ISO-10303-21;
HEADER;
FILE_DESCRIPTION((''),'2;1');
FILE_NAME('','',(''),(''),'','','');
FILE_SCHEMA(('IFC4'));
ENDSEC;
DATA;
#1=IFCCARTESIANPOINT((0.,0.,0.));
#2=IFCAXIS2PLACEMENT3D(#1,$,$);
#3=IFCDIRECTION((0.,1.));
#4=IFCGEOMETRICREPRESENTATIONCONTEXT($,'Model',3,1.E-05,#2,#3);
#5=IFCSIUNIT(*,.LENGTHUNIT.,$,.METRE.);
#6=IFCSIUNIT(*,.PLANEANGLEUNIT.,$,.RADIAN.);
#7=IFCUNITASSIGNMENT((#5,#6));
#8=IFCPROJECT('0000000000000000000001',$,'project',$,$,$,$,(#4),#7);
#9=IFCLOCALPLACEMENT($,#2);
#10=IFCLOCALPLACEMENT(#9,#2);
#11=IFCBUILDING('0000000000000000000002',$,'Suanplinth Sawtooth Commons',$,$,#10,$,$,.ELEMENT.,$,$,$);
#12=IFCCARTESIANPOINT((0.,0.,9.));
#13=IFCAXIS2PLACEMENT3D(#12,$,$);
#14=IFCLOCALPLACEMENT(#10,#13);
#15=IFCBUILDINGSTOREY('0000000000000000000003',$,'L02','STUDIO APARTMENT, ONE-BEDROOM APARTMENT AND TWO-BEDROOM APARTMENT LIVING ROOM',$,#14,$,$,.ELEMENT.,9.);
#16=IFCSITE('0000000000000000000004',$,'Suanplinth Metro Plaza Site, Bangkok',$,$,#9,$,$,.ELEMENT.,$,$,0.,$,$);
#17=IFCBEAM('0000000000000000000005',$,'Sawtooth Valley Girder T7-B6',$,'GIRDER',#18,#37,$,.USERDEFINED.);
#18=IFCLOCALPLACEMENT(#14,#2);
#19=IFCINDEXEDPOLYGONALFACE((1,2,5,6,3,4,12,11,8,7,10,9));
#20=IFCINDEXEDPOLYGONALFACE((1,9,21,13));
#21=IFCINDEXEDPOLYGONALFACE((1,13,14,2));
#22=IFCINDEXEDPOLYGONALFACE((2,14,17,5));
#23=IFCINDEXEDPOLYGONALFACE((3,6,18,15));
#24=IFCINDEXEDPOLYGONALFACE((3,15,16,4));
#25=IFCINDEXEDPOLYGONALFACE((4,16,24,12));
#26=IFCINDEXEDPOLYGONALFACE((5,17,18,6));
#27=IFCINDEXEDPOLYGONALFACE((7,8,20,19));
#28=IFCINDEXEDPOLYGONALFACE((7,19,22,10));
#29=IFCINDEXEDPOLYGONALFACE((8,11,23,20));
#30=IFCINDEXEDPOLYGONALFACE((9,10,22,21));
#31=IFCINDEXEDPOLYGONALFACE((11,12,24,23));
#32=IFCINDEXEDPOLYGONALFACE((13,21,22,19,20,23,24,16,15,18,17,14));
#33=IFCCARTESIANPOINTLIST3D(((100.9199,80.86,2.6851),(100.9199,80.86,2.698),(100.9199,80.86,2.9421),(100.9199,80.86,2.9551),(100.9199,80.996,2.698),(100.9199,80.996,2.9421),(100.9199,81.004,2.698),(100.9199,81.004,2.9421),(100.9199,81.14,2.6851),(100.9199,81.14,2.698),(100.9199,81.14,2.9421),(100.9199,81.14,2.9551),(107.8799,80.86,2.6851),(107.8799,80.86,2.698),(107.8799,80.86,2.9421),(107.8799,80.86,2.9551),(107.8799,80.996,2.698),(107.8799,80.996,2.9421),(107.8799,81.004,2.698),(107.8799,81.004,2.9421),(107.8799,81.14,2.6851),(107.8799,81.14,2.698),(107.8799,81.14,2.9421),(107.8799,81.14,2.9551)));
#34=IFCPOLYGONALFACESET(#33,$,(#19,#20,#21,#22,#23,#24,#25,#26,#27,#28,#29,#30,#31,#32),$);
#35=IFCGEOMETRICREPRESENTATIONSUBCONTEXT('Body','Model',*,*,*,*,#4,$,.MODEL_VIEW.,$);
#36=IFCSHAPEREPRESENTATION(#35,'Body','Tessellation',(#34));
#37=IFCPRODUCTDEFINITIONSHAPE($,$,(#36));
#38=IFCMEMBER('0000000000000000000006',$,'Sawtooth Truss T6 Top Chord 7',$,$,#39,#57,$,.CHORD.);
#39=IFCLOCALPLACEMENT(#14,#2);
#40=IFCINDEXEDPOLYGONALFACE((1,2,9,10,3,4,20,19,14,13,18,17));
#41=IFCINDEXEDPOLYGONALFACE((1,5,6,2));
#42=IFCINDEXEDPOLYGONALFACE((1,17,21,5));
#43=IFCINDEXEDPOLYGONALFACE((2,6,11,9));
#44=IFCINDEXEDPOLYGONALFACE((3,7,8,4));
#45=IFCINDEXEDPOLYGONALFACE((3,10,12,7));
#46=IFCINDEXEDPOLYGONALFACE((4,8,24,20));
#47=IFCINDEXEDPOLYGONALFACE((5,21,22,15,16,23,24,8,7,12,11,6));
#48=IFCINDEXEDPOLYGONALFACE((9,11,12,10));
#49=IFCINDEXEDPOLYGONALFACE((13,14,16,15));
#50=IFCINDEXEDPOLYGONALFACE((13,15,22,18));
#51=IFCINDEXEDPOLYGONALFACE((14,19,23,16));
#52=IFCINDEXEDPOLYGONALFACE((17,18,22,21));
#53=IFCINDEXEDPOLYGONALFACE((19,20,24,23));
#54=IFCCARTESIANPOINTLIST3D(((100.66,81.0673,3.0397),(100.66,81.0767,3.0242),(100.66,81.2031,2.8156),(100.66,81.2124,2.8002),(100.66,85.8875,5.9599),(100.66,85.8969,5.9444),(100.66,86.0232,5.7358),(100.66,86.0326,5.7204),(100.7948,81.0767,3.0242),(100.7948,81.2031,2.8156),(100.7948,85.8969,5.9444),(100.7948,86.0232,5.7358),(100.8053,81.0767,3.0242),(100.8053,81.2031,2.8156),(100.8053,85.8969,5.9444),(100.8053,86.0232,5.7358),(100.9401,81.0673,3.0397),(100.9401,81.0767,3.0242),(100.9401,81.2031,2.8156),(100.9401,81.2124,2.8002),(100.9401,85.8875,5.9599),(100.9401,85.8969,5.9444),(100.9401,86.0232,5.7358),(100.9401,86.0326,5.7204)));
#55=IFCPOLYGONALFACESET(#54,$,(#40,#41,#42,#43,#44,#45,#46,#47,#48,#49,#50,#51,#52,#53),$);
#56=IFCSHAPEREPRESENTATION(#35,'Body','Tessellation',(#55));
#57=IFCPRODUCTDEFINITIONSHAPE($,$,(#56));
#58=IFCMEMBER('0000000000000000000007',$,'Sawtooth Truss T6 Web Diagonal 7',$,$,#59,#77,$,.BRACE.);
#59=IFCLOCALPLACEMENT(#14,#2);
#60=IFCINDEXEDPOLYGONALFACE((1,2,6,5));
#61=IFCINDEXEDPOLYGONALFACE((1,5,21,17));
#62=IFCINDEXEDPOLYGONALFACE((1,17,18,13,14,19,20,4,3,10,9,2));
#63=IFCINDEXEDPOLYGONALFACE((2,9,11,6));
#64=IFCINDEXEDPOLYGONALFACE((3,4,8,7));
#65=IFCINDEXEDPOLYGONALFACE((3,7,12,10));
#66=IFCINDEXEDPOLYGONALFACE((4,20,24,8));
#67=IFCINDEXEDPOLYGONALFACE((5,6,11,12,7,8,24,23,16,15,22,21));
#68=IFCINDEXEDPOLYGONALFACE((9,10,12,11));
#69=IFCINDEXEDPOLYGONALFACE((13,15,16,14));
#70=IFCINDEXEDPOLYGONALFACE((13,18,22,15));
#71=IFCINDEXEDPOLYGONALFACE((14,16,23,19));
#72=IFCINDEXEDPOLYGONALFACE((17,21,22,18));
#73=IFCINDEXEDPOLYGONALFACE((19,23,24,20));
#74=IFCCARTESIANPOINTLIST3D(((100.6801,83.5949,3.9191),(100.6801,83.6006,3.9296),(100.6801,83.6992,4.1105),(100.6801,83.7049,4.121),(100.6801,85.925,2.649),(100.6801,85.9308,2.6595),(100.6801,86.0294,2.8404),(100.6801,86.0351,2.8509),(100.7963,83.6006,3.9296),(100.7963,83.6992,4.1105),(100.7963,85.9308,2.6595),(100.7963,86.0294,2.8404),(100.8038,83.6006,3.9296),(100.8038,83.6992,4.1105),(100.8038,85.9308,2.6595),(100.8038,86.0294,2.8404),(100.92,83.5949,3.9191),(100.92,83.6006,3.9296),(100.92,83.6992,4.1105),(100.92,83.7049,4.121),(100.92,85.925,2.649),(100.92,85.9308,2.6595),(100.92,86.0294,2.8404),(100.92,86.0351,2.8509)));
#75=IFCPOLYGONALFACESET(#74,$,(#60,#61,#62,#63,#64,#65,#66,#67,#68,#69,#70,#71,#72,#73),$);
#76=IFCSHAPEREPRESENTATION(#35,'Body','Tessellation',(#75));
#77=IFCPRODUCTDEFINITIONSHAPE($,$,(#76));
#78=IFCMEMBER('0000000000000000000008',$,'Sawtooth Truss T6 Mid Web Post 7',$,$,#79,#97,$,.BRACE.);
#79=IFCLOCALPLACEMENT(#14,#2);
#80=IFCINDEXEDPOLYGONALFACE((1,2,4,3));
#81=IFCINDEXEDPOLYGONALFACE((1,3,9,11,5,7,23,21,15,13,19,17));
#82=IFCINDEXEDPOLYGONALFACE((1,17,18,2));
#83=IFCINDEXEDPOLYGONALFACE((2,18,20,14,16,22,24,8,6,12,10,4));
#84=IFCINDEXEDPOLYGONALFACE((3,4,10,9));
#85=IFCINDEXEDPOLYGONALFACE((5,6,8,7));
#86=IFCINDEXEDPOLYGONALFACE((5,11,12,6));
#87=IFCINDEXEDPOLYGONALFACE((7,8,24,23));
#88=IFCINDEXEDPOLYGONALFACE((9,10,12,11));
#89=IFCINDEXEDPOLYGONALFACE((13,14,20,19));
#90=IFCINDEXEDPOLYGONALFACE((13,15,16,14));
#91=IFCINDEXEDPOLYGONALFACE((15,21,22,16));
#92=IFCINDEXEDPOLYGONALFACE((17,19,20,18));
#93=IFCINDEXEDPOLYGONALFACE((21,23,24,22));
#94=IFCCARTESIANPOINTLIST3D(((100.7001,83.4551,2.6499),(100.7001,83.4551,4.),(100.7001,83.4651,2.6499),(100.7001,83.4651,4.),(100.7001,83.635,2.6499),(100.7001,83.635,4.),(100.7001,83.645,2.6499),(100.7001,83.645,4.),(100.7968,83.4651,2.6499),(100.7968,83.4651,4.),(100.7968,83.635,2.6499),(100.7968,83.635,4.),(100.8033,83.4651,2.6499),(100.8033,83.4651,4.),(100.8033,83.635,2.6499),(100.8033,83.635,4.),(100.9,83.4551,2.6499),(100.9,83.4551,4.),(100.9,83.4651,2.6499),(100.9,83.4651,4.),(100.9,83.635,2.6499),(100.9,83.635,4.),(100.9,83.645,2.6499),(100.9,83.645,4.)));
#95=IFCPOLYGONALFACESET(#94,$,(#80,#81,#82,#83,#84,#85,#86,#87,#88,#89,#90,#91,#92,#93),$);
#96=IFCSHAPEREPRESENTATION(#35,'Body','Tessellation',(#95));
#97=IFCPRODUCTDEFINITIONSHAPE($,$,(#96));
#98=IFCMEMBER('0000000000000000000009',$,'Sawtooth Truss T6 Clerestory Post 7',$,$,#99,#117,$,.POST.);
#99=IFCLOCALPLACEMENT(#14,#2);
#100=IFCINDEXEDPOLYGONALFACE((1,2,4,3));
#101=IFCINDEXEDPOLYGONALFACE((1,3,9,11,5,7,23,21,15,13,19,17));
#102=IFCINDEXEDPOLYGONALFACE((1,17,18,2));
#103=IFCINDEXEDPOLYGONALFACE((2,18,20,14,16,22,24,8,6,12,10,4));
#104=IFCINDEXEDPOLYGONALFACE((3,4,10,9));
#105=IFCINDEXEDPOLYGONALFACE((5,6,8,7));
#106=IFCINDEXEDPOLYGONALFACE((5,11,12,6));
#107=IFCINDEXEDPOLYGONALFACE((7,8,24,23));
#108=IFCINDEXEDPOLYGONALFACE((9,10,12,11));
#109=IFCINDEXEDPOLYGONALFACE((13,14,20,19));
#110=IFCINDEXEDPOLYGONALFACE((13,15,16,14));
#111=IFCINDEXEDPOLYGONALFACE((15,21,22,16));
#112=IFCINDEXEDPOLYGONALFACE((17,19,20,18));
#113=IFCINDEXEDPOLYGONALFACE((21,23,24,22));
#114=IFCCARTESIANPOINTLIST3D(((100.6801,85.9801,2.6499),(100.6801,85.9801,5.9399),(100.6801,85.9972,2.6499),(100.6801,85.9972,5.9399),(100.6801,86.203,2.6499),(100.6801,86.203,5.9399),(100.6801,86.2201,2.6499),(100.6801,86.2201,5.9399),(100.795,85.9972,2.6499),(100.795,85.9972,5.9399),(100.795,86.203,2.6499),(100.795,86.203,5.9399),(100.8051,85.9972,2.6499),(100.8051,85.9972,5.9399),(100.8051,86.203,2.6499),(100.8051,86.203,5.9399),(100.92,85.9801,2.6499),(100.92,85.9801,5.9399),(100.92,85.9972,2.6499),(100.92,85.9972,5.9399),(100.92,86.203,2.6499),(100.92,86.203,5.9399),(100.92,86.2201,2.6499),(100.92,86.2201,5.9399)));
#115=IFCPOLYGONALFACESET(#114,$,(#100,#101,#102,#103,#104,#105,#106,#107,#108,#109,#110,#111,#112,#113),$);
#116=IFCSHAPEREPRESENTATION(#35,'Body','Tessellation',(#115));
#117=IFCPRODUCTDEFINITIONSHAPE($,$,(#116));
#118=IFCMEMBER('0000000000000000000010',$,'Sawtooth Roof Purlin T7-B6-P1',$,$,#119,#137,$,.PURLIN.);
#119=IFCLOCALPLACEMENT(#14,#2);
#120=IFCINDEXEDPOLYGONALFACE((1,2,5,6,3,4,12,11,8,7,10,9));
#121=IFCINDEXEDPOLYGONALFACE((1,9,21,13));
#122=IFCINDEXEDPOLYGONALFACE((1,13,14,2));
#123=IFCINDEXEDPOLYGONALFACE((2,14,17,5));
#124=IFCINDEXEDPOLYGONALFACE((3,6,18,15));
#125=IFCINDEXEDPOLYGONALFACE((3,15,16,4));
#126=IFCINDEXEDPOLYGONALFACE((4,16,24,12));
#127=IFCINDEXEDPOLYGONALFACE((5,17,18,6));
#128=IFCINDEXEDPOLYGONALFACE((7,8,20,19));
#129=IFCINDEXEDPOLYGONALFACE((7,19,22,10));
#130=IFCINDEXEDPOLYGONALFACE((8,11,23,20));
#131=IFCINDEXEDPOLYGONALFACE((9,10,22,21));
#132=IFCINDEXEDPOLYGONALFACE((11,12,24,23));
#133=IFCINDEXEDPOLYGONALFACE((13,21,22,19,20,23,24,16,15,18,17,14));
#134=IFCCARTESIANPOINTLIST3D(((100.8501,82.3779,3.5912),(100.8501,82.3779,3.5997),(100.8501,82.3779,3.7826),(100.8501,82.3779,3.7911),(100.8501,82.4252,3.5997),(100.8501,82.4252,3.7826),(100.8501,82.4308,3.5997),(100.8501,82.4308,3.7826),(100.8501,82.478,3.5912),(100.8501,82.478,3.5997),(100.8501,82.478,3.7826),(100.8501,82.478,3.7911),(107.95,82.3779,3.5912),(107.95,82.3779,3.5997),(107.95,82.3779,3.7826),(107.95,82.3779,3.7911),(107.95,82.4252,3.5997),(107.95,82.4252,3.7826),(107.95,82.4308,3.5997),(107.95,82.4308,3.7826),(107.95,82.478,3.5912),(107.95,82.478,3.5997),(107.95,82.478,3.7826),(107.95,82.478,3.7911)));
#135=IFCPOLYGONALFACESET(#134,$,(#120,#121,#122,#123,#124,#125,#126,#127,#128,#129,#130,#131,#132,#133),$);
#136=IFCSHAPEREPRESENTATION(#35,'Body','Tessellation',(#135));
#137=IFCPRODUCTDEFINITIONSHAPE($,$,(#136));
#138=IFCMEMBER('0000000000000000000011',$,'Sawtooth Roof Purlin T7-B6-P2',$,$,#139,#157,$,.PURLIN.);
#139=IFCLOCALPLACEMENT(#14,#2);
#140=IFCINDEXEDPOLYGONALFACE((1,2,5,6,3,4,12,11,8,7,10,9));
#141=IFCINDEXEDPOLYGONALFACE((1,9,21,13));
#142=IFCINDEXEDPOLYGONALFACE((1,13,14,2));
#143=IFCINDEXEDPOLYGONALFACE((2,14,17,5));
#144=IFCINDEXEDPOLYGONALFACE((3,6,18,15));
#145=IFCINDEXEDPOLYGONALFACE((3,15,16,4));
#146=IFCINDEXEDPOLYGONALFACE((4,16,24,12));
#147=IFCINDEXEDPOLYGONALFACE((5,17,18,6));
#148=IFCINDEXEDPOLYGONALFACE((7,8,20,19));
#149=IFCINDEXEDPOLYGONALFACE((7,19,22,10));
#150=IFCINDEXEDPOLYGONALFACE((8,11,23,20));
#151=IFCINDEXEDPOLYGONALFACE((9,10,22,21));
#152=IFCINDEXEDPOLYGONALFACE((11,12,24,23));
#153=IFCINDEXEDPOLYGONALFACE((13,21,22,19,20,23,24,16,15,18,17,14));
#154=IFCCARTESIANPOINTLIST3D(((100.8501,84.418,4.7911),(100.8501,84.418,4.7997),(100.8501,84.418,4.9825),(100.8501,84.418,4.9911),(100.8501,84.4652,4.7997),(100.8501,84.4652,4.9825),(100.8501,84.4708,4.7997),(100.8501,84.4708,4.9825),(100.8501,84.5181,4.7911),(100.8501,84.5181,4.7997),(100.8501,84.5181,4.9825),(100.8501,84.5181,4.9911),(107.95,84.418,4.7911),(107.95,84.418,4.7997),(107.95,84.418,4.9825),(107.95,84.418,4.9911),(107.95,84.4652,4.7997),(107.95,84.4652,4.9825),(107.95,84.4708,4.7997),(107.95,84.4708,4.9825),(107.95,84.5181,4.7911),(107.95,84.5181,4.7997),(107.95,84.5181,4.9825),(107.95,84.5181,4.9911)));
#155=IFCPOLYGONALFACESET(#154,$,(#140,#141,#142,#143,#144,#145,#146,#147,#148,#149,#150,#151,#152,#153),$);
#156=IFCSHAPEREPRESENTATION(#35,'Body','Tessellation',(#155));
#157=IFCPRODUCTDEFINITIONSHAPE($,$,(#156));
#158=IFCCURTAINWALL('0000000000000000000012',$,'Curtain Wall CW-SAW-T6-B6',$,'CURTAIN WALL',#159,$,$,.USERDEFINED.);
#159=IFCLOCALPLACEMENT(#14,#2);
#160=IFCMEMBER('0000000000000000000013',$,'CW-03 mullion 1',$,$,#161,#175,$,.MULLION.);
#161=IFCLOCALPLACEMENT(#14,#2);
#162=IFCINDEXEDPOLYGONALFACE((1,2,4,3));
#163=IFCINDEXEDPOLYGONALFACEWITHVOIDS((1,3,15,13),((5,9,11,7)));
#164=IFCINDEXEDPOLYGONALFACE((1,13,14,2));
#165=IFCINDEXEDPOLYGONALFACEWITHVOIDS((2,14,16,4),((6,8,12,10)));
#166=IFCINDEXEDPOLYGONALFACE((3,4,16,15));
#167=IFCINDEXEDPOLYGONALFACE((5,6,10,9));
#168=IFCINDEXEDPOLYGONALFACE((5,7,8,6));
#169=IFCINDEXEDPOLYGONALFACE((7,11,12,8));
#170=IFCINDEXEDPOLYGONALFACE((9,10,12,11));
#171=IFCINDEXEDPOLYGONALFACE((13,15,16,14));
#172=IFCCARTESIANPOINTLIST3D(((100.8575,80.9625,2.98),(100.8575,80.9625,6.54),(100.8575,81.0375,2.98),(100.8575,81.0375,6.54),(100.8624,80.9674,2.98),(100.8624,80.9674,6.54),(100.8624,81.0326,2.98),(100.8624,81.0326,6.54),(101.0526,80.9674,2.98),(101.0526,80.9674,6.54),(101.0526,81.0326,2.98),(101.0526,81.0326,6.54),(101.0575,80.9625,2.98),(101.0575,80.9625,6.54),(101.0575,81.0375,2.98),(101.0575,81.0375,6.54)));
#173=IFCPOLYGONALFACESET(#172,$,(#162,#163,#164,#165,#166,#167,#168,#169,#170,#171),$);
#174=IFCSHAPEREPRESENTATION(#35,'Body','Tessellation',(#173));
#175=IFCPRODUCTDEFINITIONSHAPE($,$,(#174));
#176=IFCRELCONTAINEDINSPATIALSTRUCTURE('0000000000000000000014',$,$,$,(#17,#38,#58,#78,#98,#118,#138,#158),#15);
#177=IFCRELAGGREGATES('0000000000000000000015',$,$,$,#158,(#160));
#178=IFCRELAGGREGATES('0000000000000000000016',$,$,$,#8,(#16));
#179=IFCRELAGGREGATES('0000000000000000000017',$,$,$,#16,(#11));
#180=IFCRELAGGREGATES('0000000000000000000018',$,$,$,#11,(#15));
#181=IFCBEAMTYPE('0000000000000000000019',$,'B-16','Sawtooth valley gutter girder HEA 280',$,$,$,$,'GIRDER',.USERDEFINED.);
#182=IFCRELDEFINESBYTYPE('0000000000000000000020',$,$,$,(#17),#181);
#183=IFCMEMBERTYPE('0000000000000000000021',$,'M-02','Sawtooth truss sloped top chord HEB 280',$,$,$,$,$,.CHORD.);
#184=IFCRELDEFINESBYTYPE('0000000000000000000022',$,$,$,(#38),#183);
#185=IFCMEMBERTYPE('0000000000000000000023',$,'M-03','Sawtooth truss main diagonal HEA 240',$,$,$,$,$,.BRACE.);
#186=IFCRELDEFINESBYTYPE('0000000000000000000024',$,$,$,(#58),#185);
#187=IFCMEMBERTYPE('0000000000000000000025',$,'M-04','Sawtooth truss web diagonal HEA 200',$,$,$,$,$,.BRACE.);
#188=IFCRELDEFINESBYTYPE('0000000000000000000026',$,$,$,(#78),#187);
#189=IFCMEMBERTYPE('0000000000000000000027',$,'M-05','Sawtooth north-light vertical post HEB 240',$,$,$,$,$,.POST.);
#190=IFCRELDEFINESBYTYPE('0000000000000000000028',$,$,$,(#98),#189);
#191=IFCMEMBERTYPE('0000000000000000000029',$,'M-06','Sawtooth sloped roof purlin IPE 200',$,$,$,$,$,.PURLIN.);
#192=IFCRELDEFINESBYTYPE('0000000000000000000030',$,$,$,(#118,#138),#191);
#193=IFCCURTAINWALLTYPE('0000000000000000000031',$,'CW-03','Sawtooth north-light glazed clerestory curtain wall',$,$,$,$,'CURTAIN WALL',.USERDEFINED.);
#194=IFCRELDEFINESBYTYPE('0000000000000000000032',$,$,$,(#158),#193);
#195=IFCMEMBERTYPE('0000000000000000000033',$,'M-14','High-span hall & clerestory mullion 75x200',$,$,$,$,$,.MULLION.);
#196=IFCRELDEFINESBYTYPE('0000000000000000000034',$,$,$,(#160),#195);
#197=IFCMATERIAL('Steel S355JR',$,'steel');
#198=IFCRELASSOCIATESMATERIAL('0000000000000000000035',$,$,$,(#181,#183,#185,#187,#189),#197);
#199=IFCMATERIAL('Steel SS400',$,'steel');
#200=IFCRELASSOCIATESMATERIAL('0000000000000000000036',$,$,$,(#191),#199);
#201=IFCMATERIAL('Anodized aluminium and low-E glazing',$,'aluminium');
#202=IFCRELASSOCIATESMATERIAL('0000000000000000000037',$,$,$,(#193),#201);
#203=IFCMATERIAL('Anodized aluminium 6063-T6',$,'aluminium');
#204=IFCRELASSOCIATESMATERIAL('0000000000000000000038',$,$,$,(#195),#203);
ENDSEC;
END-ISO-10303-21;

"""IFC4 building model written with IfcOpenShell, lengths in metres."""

from ifc_helpers import new_model, si_unit, direction, frame, origin, origin_2d, place, context, subcontext, project, spatial, hollow_rectangle, i_section, extrude, material, material_profile, profile_set, type_object, element, aggregate, save


model = new_model("IFC4")

# Units and contexts
model_context = context("Model", 3, precision=1e-05, world=origin(), true_north=direction((0.0, 1.0)))
body_context = subcontext(model_context, "Body", "Model", "MODEL_VIEW")
ifc_project = project(units=[si_unit("LENGTHUNIT", "METRE"), si_unit("PLANEANGLEUNIT", "RADIAN")], contexts=[model_context])

# Site, building, storey
site_placement = place(None, origin())
site = spatial("IfcSite", under=ifc_project, at=site_placement, Name="Suanplinth Metro Plaza Site, Bangkok", CompositionType="ELEMENT", RefElevation=0.0)
building_placement = place(site_placement, origin())
building = spatial("IfcBuilding", under=site, at=building_placement, Name="Suanplinth Sawtooth Commons", CompositionType="ELEMENT")
storey_placement = place(building_placement, frame((0.0, 0.0, 9.0)))
storey = spatial("IfcBuildingStorey", under=building, at=storey_placement, Name="L02", Description="STUDIO APARTMENT, ONE-BEDROOM APARTMENT AND TWO-BEDROOM APARTMENT LIVING ROOM", CompositionType="ELEMENT", Elevation=9.0)

# Beam
ifc_material_1 = material(Name="Steel S355JR", Category="steel")
ifc_material_profile_1 = material_profile(ifc_material_1, i_section(OverallWidth=0.28, OverallDepth=0.27, WebThickness=0.0081, FlangeThickness=0.0129, at=origin_2d()), Name="HEA 280")
ifc_profile_set_1 = profile_set([ifc_material_profile_1], Name="Steel S355JR")
beam_type = type_object("IfcBeamType", Name="B-16", Description="Sawtooth valley gutter girder HEA 280", ElementType="GIRDER", PredefinedType="USERDEFINED", material=ifc_profile_set_1)
beam_placement = place(storey_placement, frame((100.9199, 81.0, 2.8201), z_axis=(1.0, 0.0, 0.0), x_axis=(0.0, 1.0, 0.0)))
element("IfcBeam", 1, at=beam_placement, inside=storey, type_object=beam_type, Name="Sawtooth Valley Girder T7-B6", ObjectType="GIRDER", PredefinedType="USERDEFINED", context=body_context, shape_type="SweptSolid", body=[
    extrude(i_section(OverallWidth=0.28, OverallDepth=0.27, WebThickness=0.0081, FlangeThickness=0.0129, at=origin_2d()), origin(), (0.0, 0.0, 1.0), 6.96),
])

# Members
ifc_material_profile_2 = material_profile(ifc_material_1, i_section(OverallWidth=0.28, OverallDepth=0.28, WebThickness=0.0105, FlangeThickness=0.0181, at=origin_2d()), Name="HEB 280")
ifc_profile_set_2 = profile_set([ifc_material_profile_2], Name="Steel S355JR")
member_type_1 = type_object("IfcMemberType", Name="M-02", Description="Sawtooth truss sloped top chord HEB 280", PredefinedType="CHORD", material=ifc_profile_set_2)
member_1_placement = place(storey_placement, frame((100.8, 81.1399, 2.9199), z_axis=(0.0, 0.855283, 0.518161), x_axis=(-1.0, 0.0, 0.0)))
element("IfcMember", 2, at=member_1_placement, inside=storey, type_object=member_type_1, Name="Sawtooth Truss T6 Top Chord 7", PredefinedType="CHORD", context=body_context, shape_type="SweptSolid", body=[
    extrude(i_section(OverallWidth=0.28, OverallDepth=0.28, WebThickness=0.0105, FlangeThickness=0.0181, at=origin_2d()), origin(), (0.0, 0.0, 1.0), 5.6357),
])
ifc_material_profile_3 = material_profile(ifc_material_1, i_section(OverallWidth=0.24, OverallDepth=0.23, WebThickness=0.0076, FlangeThickness=0.012, at=origin_2d()), Name="HEA 240")
ifc_profile_set_3 = profile_set([ifc_material_profile_3], Name="Steel S355JR")
member_type_2 = type_object("IfcMemberType", Name="M-03", Description="Sawtooth truss main diagonal HEA 240", PredefinedType="BRACE", material=ifc_profile_set_3)
member_2_placement = place(storey_placement, frame((100.8, 83.6499, 4.02), z_axis=(0.0, 0.878043, -0.478581), x_axis=(-1.0, 0.0, 0.0)))
element("IfcMember", 3, at=member_2_placement, inside=storey, type_object=member_type_2, Name="Sawtooth Truss T6 Web Diagonal 7", PredefinedType="BRACE", context=body_context, shape_type="SweptSolid", body=[
    extrude(i_section(OverallWidth=0.24, OverallDepth=0.23, WebThickness=0.0076, FlangeThickness=0.012, at=origin_2d()), origin(), (0.0, 0.0, 1.0), 2.6538),
])
ifc_material_profile_4 = material_profile(ifc_material_1, i_section(OverallWidth=0.2, OverallDepth=0.1899, WebThickness=0.0066, FlangeThickness=0.01, at=origin_2d()), Name="HEA 200")
ifc_profile_set_4 = profile_set([ifc_material_profile_4], Name="Steel S355JR")
member_type_3 = type_object("IfcMemberType", Name="M-04", Description="Sawtooth truss web diagonal HEA 200", PredefinedType="BRACE", material=ifc_profile_set_4)
member_3_placement = place(storey_placement, frame((100.8, 83.55, 2.6499), z_axis=(0.0, 0.0, 1.0), x_axis=(1.0, 0.0, 0.0)))
element("IfcMember", 4, at=member_3_placement, inside=storey, type_object=member_type_3, Name="Sawtooth Truss T6 Mid Web Post 7", PredefinedType="BRACE", context=body_context, shape_type="SweptSolid", body=[
    extrude(i_section(OverallWidth=0.2, OverallDepth=0.1899, WebThickness=0.0066, FlangeThickness=0.01, at=origin_2d()), origin(), (0.0, 0.0, 1.0), 1.3501),
])
ifc_material_profile_5 = material_profile(ifc_material_1, i_section(OverallWidth=0.24, OverallDepth=0.24, WebThickness=0.01, FlangeThickness=0.0171, at=origin_2d()), Name="HEB 240")
ifc_profile_set_5 = profile_set([ifc_material_profile_5], Name="Steel S355JR")
member_type_4 = type_object("IfcMemberType", Name="M-05", Description="Sawtooth north-light vertical post HEB 240", PredefinedType="POST", material=ifc_profile_set_5)
member_4_placement = place(storey_placement, frame((100.8, 86.1001, 2.6499), z_axis=(0.0, 0.0, 1.0), x_axis=(1.0, 0.0, 0.0)))
element("IfcMember", 5, at=member_4_placement, inside=storey, type_object=member_type_4, Name="Sawtooth Truss T6 Clerestory Post 7", PredefinedType="POST", context=body_context, shape_type="SweptSolid", body=[
    extrude(i_section(OverallWidth=0.24, OverallDepth=0.24, WebThickness=0.01, FlangeThickness=0.0171, at=origin_2d()), origin(), (0.0, 0.0, 1.0), 3.29),
])
ifc_material_2 = material(Name="Steel SS400", Category="steel")
ifc_material_profile_6 = material_profile(ifc_material_2, i_section(OverallWidth=0.1001, OverallDepth=0.2, WebThickness=0.0056, FlangeThickness=0.0085, at=origin_2d()), Name="IPE 200")
ifc_profile_set_6 = profile_set([ifc_material_profile_6], Name="Steel SS400")
member_type_5 = type_object("IfcMemberType", Name="M-06", Description="Sawtooth sloped roof purlin IPE 200", PredefinedType="PURLIN", material=ifc_profile_set_6)
for number, where, z_axis, x_axis, name in (
    (6, (100.8501, 82.428, 3.6912), (1.0, 0.0, 0.0), (0.0, 1.0, 0.0), "Sawtooth Roof Purlin T7-B6-P1"),
    (7, (100.8501, 84.468, 4.8911), (1.0, 0.0, 0.0), (0.0, 1.0, 0.0), "Sawtooth Roof Purlin T7-B6-P2"),
):
    element("IfcMember", number, at=place(storey_placement, frame(where, z_axis=z_axis, x_axis=x_axis)), inside=storey, type_object=member_type_5, Name=name, PredefinedType="PURLIN", context=body_context, shape_type="SweptSolid", body=[
        extrude(i_section(OverallWidth=0.1001, OverallDepth=0.2, WebThickness=0.0056, FlangeThickness=0.0085, at=origin_2d()), origin(), (0.0, 0.0, 1.0), 7.0999),
    ])

# Curtain wall, member
ifc_material_3 = material(Name="Anodized aluminium and low-E glazing", Category="aluminium")
curtain_wall_type = type_object("IfcCurtainWallType", Name="CW-03", Description="Sawtooth north-light glazed clerestory curtain wall", ElementType="CURTAIN WALL", PredefinedType="USERDEFINED", material=ifc_material_3)
curtain_wall_1_placement = place(storey_placement, origin())
curtain_wall_1 = element("IfcCurtainWall", 8, at=curtain_wall_1_placement, inside=storey, type_object=curtain_wall_type, Name="Curtain Wall CW-SAW-T6-B6", ObjectType="CURTAIN WALL", PredefinedType="USERDEFINED")
ifc_material_4 = material(Name="Anodized aluminium 6063-T6", Category="aluminium")
ifc_material_profile_7 = material_profile(ifc_material_4, hollow_rectangle(XDim=0.075, YDim=0.2, WallThickness=0.0049, at=origin_2d()), Name="ALU-MUL 75x200")
ifc_profile_set_7 = profile_set([ifc_material_profile_7], Name="Anodized aluminium 6063-T6")
member_type_6 = type_object("IfcMemberType", Name="M-14", Description="High-span hall & clerestory mullion 75x200", PredefinedType="MULLION", material=ifc_profile_set_7)
member_5_placement = place(storey_placement, frame((100.9575, 81.0, 2.98), z_axis=(0.0, 0.0, 1.0), x_axis=(0.0, 1.0, 0.0)))
member_5 = element("IfcMember", 9, at=member_5_placement, type_object=member_type_6, Name="CW-03 mullion 1", PredefinedType="MULLION", context=body_context, shape_type="SweptSolid", body=[
    extrude(hollow_rectangle(XDim=0.075, YDim=0.2, WallThickness=0.0049, at=origin_2d()), origin(), (0.0, 0.0, 1.0), 3.5601),
])

aggregate(curtain_wall_1, [member_5])

save(model, "model.ifc")
